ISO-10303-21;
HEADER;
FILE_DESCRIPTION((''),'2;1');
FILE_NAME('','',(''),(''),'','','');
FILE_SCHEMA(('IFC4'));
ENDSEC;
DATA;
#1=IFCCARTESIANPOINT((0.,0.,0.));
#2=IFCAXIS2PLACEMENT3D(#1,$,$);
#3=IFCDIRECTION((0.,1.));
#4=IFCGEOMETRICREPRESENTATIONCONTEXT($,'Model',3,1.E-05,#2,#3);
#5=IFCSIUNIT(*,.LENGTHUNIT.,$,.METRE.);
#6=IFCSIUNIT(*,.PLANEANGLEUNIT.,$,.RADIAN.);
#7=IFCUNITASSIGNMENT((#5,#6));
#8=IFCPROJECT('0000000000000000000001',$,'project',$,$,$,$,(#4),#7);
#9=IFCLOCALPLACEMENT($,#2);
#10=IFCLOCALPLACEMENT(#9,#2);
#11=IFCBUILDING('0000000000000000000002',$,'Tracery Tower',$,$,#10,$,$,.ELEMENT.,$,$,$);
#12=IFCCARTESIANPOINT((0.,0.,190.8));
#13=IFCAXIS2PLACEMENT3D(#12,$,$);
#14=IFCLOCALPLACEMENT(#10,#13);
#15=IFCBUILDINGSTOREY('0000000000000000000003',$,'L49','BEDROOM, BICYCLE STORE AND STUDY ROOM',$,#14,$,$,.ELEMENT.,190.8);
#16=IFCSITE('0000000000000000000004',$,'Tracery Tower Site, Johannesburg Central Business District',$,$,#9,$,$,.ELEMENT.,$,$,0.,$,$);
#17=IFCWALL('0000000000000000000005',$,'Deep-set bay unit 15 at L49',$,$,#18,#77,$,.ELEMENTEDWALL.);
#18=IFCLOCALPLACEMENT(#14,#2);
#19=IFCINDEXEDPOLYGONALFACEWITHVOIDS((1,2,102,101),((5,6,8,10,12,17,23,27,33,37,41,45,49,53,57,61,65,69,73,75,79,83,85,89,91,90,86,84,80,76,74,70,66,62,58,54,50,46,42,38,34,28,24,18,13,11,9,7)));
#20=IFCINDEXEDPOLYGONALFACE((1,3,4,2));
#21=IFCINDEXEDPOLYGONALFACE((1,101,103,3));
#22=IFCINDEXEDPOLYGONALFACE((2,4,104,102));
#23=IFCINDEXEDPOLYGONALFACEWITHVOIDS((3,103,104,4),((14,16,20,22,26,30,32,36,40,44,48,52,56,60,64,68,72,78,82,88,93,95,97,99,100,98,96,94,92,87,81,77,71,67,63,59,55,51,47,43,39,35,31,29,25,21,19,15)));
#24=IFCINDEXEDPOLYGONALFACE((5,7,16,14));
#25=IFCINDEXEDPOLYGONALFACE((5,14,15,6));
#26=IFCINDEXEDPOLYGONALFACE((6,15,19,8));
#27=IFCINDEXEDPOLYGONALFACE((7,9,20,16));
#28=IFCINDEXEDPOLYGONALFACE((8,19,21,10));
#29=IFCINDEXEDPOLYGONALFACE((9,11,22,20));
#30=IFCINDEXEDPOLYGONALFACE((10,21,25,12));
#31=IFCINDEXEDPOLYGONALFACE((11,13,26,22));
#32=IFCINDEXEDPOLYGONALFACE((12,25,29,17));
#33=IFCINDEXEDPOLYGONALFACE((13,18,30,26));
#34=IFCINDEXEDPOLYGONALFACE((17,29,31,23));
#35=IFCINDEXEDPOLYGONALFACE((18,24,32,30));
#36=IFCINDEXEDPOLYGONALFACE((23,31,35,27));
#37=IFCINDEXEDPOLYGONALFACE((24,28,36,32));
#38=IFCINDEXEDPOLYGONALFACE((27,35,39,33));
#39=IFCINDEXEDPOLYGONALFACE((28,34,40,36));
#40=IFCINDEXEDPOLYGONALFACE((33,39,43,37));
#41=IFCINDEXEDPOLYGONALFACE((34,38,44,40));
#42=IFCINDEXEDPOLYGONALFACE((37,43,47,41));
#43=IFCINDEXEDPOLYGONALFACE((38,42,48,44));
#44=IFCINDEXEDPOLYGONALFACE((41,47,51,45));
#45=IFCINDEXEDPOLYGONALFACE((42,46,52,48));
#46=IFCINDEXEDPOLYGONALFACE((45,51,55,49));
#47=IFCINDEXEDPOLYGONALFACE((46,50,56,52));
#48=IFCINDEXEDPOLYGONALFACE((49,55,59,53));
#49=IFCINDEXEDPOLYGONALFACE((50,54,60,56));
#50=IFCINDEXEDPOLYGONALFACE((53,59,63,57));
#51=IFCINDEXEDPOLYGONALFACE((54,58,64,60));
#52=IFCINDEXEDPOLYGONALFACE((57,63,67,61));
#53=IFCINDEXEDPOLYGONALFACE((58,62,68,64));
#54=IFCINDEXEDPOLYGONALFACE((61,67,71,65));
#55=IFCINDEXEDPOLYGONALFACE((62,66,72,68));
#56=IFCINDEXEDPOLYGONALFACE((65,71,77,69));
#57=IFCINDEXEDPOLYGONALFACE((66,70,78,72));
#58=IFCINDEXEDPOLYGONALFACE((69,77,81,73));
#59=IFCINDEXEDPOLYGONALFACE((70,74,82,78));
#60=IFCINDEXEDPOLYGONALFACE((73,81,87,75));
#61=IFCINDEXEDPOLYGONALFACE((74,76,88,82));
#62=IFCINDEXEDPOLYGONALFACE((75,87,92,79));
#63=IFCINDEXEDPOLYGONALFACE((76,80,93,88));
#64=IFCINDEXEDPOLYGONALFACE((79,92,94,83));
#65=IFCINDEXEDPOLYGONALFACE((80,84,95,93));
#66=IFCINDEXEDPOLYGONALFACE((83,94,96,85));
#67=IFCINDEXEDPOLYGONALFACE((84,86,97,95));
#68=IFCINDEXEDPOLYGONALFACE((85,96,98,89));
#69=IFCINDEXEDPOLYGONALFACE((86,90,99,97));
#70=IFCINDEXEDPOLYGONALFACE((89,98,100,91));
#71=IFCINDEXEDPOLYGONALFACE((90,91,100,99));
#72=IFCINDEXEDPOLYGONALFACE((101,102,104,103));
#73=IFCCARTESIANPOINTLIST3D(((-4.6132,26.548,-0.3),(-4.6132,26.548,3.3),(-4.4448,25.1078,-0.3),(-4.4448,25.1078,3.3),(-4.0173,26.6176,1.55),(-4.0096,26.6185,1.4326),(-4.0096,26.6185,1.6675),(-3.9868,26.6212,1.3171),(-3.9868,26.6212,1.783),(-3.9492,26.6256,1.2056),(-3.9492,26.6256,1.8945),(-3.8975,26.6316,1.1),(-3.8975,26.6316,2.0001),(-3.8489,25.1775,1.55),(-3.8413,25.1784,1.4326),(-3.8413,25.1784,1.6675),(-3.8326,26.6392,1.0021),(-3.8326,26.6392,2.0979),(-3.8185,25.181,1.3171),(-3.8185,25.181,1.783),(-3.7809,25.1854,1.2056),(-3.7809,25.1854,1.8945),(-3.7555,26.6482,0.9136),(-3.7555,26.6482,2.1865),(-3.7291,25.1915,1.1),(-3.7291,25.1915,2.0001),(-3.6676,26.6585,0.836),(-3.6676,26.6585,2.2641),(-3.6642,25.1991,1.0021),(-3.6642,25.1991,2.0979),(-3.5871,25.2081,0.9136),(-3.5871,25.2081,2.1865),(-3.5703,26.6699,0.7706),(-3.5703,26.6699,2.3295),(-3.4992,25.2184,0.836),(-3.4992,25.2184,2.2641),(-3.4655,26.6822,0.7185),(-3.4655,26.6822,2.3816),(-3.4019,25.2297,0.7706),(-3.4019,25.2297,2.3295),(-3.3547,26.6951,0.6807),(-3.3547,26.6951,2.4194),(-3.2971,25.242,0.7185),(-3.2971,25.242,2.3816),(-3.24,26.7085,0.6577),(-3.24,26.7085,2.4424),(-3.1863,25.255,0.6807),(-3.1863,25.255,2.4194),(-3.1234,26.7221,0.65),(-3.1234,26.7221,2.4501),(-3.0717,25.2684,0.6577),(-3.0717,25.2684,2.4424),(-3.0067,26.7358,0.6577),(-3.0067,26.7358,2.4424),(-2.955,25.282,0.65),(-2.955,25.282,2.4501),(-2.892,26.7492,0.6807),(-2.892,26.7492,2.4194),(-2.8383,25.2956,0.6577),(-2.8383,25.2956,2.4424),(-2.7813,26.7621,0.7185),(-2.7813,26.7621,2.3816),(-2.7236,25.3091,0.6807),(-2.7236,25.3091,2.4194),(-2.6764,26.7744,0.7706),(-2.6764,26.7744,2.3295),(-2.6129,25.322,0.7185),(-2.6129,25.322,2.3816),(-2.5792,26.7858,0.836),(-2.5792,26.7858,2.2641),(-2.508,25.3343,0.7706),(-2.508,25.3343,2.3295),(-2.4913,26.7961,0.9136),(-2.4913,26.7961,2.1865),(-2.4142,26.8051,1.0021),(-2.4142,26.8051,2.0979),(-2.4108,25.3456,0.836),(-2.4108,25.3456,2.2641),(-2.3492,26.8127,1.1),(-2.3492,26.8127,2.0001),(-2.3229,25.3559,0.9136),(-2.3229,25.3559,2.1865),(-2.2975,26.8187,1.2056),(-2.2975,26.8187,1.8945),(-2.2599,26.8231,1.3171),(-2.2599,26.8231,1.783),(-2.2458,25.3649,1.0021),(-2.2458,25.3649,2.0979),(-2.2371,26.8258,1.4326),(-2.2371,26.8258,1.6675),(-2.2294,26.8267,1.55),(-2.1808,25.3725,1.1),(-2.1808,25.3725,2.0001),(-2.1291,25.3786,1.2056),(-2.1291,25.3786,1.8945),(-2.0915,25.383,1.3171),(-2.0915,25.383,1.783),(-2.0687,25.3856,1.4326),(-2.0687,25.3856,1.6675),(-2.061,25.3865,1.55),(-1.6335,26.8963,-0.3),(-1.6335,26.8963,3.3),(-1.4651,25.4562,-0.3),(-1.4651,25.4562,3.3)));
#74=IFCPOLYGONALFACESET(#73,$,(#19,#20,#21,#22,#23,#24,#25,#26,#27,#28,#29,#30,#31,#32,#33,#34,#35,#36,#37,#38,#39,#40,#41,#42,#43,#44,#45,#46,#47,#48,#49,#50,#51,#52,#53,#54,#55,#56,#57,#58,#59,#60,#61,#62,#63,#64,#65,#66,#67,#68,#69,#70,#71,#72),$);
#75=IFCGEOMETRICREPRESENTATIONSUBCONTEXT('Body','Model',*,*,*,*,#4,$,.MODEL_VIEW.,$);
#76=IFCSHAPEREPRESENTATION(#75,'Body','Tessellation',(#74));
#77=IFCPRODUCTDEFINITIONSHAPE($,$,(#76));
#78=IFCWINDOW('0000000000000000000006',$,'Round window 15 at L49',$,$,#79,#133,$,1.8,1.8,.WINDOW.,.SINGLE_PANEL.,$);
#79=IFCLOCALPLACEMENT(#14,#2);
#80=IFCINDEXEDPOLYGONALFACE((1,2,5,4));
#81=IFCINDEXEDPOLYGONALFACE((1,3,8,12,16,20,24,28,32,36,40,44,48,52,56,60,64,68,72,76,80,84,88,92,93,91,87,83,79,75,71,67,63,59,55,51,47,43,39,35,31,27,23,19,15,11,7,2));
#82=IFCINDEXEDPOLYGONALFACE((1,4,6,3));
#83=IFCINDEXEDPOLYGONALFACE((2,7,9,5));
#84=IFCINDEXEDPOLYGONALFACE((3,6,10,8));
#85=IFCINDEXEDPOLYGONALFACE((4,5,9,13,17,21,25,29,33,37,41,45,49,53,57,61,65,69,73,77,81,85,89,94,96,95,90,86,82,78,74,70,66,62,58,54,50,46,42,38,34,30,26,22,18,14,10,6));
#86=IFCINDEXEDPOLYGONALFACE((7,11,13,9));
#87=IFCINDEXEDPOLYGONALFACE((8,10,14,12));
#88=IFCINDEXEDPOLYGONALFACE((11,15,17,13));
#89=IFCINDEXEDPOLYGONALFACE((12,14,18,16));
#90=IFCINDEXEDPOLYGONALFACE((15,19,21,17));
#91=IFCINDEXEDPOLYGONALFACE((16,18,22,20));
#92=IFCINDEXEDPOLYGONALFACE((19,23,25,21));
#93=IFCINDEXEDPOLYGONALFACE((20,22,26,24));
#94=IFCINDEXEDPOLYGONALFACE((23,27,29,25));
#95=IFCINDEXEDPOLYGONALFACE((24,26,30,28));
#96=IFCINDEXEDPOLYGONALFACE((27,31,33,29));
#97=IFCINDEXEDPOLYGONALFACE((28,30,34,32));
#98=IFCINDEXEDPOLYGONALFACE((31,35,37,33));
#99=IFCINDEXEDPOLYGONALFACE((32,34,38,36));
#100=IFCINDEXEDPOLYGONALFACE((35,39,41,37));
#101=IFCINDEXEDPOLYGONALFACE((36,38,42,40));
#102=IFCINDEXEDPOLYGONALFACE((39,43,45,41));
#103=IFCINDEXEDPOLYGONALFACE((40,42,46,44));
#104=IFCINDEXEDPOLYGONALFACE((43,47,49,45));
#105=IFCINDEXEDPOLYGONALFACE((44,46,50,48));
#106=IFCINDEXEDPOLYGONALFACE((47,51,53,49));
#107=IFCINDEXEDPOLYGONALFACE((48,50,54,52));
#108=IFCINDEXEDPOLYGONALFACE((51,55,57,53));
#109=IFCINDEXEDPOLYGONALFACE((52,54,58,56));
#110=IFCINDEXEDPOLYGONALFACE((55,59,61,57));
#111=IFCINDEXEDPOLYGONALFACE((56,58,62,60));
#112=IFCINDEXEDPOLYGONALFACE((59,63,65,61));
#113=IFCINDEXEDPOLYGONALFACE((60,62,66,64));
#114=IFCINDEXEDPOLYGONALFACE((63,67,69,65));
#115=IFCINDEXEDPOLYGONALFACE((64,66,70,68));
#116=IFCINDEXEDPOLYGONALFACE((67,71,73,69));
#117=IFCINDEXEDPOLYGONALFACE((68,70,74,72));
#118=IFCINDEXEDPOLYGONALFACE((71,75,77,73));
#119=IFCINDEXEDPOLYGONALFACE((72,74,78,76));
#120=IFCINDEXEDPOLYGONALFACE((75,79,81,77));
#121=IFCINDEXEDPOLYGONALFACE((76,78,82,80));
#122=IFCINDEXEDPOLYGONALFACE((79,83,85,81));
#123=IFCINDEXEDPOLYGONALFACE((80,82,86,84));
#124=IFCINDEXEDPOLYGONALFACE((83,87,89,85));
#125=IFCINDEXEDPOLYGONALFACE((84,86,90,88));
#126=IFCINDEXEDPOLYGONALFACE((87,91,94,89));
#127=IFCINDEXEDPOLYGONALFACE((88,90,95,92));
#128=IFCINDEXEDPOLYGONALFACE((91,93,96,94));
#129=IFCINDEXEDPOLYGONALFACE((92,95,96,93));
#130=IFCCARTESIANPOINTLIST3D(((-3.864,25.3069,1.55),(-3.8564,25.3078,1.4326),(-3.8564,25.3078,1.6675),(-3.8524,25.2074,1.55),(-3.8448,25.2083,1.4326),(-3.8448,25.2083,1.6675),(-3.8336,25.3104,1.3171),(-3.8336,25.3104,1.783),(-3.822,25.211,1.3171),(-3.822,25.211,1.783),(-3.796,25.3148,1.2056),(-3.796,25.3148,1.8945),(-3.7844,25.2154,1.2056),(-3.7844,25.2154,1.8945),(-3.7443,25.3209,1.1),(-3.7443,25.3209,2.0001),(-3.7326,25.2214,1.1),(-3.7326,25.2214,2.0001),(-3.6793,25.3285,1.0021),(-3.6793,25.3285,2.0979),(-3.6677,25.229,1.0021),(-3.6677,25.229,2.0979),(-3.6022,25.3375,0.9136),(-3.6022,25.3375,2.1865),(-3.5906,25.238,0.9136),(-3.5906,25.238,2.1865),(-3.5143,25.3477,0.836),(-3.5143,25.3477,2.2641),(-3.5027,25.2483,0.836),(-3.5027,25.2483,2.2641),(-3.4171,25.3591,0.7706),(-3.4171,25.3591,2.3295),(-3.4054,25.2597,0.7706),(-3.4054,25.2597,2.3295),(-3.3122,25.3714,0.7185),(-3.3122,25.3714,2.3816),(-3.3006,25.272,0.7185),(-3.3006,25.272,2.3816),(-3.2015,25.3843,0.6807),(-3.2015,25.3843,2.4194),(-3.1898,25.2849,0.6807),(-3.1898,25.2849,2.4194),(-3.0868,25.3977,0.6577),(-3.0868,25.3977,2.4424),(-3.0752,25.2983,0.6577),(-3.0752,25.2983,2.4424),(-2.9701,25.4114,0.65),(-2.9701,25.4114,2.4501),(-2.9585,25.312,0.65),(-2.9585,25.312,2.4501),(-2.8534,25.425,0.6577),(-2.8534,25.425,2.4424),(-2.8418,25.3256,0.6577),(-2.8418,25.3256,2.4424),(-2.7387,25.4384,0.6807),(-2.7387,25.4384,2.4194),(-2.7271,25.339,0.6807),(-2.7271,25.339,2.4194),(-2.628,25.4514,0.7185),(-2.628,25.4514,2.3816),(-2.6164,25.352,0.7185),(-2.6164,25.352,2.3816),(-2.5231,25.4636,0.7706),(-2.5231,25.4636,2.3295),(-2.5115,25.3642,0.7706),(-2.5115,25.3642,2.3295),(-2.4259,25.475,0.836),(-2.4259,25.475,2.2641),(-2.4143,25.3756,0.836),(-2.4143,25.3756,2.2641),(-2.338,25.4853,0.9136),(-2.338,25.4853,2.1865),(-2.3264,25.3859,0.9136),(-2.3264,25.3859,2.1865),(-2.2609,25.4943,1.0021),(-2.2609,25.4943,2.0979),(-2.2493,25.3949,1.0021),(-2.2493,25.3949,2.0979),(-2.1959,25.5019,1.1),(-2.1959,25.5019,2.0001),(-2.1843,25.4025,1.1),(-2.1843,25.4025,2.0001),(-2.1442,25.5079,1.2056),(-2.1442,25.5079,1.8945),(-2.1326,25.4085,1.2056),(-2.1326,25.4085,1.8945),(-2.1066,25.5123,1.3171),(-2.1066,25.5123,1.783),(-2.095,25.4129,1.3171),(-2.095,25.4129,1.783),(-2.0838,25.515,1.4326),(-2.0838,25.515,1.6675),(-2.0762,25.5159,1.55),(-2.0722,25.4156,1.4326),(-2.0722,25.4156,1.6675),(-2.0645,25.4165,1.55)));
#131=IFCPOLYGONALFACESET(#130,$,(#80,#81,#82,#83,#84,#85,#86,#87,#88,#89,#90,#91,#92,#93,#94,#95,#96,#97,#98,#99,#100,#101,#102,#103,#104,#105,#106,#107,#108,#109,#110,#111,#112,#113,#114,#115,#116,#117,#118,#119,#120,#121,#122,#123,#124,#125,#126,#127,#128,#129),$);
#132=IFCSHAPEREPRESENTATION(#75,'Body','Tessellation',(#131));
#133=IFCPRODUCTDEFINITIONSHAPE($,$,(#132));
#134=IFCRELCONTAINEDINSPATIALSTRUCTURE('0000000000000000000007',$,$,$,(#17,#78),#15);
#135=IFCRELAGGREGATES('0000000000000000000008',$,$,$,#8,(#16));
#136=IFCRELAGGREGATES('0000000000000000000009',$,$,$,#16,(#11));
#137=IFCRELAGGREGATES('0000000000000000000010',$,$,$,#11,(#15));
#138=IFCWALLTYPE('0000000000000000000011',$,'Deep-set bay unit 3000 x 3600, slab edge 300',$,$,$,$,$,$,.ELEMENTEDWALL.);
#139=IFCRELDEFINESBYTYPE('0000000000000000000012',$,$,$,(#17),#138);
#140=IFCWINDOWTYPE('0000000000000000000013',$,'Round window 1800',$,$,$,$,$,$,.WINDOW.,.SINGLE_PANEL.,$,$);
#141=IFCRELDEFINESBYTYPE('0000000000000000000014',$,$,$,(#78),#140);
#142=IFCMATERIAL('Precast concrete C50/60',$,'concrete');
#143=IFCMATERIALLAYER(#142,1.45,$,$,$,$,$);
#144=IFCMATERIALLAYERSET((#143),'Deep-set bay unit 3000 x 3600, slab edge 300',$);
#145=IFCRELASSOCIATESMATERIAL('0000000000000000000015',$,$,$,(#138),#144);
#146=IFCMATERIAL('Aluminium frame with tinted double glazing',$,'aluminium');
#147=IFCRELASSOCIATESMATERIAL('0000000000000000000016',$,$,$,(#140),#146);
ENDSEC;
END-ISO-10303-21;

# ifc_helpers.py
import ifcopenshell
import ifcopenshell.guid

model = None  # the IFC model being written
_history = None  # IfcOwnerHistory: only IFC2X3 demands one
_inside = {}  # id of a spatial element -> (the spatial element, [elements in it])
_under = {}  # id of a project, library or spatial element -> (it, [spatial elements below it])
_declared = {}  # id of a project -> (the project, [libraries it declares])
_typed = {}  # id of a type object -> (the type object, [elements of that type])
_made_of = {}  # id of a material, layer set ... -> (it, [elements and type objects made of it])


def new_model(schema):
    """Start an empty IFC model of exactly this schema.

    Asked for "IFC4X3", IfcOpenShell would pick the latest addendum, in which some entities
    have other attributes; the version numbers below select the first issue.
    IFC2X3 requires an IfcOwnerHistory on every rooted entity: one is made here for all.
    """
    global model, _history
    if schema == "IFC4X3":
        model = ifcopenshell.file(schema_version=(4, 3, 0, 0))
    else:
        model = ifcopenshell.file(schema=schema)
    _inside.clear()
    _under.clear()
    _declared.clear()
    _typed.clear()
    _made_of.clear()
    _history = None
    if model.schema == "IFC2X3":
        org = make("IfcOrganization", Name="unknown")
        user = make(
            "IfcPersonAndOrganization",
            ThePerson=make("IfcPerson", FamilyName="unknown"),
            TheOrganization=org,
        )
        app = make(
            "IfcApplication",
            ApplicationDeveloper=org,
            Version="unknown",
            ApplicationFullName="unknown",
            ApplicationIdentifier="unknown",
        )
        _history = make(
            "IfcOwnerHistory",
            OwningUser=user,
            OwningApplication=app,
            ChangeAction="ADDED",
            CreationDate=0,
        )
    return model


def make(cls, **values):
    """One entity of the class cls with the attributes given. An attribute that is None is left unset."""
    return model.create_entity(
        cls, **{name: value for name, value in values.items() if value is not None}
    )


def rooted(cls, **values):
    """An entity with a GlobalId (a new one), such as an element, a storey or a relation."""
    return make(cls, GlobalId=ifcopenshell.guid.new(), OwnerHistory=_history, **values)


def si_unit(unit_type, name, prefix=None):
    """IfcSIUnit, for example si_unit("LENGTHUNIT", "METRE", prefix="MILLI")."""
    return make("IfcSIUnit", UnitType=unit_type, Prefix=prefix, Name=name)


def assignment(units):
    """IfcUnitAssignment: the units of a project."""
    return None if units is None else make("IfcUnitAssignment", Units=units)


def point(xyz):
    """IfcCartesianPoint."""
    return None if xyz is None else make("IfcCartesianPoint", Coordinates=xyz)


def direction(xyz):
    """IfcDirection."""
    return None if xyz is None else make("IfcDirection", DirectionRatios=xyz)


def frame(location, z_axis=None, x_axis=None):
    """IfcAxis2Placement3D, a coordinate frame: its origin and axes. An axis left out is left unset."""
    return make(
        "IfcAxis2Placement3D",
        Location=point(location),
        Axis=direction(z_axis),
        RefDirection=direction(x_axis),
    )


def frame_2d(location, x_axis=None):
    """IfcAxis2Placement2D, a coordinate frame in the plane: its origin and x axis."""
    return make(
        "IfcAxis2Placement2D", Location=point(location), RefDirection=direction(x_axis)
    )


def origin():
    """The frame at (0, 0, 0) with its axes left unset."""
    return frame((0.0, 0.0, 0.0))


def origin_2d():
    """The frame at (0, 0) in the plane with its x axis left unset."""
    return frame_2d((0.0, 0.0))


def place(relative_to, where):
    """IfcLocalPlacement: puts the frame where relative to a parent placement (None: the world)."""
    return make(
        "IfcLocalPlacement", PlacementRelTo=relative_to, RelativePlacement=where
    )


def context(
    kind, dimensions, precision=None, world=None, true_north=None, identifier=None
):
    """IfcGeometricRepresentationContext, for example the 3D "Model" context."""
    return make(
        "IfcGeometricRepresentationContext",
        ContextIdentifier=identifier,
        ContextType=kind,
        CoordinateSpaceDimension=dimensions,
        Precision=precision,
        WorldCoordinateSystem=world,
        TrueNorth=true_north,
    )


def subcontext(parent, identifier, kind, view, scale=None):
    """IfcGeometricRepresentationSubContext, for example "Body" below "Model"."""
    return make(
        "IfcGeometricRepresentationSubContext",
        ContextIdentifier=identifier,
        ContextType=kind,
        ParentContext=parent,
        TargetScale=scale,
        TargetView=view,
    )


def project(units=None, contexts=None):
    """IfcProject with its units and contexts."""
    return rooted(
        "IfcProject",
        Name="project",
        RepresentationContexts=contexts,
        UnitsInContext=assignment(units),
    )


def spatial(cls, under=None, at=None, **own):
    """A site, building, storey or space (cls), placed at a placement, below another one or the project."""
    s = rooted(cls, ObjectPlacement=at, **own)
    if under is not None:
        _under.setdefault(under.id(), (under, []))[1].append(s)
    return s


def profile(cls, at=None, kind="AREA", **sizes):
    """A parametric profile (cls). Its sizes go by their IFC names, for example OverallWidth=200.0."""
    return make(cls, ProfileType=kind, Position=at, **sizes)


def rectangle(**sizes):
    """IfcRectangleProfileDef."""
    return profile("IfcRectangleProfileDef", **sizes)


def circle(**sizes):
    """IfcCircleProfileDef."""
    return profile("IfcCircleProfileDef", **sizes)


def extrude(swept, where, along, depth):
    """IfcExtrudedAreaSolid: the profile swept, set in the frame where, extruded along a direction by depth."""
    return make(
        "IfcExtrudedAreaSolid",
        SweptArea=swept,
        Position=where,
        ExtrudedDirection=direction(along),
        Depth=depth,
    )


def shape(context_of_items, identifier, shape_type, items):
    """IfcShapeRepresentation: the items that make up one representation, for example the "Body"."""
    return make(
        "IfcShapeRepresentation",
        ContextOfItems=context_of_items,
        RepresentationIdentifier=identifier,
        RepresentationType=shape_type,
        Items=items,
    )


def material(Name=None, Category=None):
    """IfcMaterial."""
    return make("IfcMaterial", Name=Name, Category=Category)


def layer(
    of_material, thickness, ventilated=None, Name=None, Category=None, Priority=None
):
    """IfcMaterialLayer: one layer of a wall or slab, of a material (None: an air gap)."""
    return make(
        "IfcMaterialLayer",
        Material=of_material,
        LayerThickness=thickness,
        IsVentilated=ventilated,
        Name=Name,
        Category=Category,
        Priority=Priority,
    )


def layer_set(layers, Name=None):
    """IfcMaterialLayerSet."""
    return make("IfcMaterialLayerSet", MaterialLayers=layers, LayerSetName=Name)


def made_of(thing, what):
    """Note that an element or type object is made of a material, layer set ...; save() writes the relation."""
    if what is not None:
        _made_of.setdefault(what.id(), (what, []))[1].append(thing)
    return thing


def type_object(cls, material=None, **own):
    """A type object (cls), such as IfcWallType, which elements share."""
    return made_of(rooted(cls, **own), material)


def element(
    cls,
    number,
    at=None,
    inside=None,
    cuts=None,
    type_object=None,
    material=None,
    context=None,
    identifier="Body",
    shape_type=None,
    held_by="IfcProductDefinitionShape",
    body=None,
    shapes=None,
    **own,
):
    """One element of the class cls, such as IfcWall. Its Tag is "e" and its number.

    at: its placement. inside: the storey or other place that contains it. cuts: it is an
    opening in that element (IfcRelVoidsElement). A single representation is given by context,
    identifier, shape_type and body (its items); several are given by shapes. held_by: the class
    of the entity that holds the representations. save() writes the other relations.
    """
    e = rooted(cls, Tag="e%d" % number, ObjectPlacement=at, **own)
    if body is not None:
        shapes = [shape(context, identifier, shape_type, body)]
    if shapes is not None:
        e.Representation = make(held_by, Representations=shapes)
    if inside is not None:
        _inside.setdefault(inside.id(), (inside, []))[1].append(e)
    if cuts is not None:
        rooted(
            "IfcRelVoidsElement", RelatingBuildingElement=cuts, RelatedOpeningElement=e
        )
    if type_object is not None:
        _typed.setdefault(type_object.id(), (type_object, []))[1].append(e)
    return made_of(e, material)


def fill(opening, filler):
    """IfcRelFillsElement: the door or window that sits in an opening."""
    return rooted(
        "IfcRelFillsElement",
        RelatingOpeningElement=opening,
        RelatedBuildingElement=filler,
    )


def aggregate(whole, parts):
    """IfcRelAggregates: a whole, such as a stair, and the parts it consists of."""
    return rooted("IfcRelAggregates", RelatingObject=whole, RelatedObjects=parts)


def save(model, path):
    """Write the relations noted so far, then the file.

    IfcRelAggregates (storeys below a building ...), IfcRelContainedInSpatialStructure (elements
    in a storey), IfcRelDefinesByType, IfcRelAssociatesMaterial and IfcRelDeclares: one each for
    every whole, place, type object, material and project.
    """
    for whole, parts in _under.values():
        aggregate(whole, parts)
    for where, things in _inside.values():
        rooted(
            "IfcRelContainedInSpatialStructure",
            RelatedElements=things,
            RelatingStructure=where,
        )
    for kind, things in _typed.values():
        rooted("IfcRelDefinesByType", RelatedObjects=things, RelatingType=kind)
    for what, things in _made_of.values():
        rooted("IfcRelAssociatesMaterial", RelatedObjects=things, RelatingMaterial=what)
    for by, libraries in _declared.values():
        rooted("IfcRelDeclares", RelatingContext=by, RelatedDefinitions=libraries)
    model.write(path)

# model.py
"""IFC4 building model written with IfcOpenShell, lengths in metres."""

from ifc_helpers import new_model, si_unit, direction, frame, frame_2d, origin, origin_2d, place, context, subcontext, project, spatial, rectangle, circle, extrude, material, layer, layer_set, type_object, element, fill, save


model = new_model("IFC4")

# Units and contexts
model_context = context("Model", 3, precision=1e-05, world=origin(), true_north=direction((0.0, 1.0)))
body_context = subcontext(model_context, "Body", "Model", "MODEL_VIEW")
ifc_project = project(units=[si_unit("LENGTHUNIT", "METRE"), si_unit("PLANEANGLEUNIT", "RADIAN")], contexts=[model_context])

# Site, building, storey
site_placement = place(None, origin())
site = spatial("IfcSite", under=ifc_project, at=site_placement, Name="Tracery Tower Site, Johannesburg Central Business District", CompositionType="ELEMENT", RefElevation=0.0)
building_placement = place(site_placement, origin())
building = spatial("IfcBuilding", under=site, at=building_placement, Name="Tracery Tower", CompositionType="ELEMENT")
storey_placement = place(building_placement, frame((0.0, 0.0, 190.8)))
storey = spatial("IfcBuildingStorey", under=building, at=storey_placement, Name="L49", Description="BEDROOM, BICYCLE STORE AND STUDY ROOM", CompositionType="ELEMENT", Elevation=190.8)

# Wall, opening, window
ifc_material_1 = material(Name="Precast concrete C50/60", Category="concrete")
ifc_layer_1 = layer(ifc_material_1, 1.45)
ifc_layer_set_1 = layer_set([ifc_layer_1], Name="Deep-set bay unit 3000 x 3600, slab edge 300")
wall_type_1 = type_object("IfcWallType", Name="Deep-set bay unit 3000 x 3600, slab edge 300", PredefinedType="ELEMENTEDWALL", material=ifc_layer_set_1)
ifc_material_2 = material(Name="Aluminium frame with tinted double glazing", Category="aluminium")
window_type = type_object("IfcWindowType", Name="Round window 1800", PartitioningType="SINGLE_PANEL", PredefinedType="WINDOW", material=ifc_material_2)
wall_1_placement = place(storey_placement, frame((-1.5493, 26.1763, -0.3), z_axis=(0.0, 0.0, 1.0), x_axis=(-0.993234, -0.116128, 0.0)))
wall_1 = element("IfcWall", 1, at=wall_1_placement, inside=storey, type_object=wall_type_1, Name="Deep-set bay unit 15 at L49", PredefinedType="ELEMENTEDWALL", context=body_context, shape_type="SweptSolid", body=[
    extrude(rectangle(XDim=3.0, YDim=1.45, at=frame_2d((1.5, 0.0))), origin(), (0.0, 0.0, 1.0), 3.6001),
])
opening_1_placement = place(wall_1_placement, frame((1.5, 0.0, 1.8501)))
opening_1 = element("IfcOpeningElement", 2, at=opening_1_placement, cuts=wall_1, PredefinedType="OPENING", context=body_context, shape_type="SweptSolid", body=[
    extrude(circle(Radius=0.9, at=origin_2d()), frame((0.0, 0.7349, 0.0), z_axis=(0.0, -1.0, 0.0), x_axis=(1.0, 0.0, 0.0)), (0.0, 0.0, 1.0), 1.47),
])
window_1_placement = place(opening_1_placement, origin())
window_1 = element("IfcWindow", 3, at=window_1_placement, inside=storey, type_object=window_type, Name="Round window 15 at L49", OverallHeight=1.8, OverallWidth=1.8, PartitioningType="SINGLE_PANEL", PredefinedType="WINDOW", context=body_context, shape_type="SweptSolid", body=[
    extrude(circle(Radius=0.9, at=origin_2d()), frame((0.0, 0.6948, 0.0), z_axis=(0.0, -1.0, 0.0), x_axis=(1.0, 0.0, 0.0)), (0.0, 0.0, 1.0), 0.1001),
])
fill(opening_1, window_1)

save(model, "model.ifc")
